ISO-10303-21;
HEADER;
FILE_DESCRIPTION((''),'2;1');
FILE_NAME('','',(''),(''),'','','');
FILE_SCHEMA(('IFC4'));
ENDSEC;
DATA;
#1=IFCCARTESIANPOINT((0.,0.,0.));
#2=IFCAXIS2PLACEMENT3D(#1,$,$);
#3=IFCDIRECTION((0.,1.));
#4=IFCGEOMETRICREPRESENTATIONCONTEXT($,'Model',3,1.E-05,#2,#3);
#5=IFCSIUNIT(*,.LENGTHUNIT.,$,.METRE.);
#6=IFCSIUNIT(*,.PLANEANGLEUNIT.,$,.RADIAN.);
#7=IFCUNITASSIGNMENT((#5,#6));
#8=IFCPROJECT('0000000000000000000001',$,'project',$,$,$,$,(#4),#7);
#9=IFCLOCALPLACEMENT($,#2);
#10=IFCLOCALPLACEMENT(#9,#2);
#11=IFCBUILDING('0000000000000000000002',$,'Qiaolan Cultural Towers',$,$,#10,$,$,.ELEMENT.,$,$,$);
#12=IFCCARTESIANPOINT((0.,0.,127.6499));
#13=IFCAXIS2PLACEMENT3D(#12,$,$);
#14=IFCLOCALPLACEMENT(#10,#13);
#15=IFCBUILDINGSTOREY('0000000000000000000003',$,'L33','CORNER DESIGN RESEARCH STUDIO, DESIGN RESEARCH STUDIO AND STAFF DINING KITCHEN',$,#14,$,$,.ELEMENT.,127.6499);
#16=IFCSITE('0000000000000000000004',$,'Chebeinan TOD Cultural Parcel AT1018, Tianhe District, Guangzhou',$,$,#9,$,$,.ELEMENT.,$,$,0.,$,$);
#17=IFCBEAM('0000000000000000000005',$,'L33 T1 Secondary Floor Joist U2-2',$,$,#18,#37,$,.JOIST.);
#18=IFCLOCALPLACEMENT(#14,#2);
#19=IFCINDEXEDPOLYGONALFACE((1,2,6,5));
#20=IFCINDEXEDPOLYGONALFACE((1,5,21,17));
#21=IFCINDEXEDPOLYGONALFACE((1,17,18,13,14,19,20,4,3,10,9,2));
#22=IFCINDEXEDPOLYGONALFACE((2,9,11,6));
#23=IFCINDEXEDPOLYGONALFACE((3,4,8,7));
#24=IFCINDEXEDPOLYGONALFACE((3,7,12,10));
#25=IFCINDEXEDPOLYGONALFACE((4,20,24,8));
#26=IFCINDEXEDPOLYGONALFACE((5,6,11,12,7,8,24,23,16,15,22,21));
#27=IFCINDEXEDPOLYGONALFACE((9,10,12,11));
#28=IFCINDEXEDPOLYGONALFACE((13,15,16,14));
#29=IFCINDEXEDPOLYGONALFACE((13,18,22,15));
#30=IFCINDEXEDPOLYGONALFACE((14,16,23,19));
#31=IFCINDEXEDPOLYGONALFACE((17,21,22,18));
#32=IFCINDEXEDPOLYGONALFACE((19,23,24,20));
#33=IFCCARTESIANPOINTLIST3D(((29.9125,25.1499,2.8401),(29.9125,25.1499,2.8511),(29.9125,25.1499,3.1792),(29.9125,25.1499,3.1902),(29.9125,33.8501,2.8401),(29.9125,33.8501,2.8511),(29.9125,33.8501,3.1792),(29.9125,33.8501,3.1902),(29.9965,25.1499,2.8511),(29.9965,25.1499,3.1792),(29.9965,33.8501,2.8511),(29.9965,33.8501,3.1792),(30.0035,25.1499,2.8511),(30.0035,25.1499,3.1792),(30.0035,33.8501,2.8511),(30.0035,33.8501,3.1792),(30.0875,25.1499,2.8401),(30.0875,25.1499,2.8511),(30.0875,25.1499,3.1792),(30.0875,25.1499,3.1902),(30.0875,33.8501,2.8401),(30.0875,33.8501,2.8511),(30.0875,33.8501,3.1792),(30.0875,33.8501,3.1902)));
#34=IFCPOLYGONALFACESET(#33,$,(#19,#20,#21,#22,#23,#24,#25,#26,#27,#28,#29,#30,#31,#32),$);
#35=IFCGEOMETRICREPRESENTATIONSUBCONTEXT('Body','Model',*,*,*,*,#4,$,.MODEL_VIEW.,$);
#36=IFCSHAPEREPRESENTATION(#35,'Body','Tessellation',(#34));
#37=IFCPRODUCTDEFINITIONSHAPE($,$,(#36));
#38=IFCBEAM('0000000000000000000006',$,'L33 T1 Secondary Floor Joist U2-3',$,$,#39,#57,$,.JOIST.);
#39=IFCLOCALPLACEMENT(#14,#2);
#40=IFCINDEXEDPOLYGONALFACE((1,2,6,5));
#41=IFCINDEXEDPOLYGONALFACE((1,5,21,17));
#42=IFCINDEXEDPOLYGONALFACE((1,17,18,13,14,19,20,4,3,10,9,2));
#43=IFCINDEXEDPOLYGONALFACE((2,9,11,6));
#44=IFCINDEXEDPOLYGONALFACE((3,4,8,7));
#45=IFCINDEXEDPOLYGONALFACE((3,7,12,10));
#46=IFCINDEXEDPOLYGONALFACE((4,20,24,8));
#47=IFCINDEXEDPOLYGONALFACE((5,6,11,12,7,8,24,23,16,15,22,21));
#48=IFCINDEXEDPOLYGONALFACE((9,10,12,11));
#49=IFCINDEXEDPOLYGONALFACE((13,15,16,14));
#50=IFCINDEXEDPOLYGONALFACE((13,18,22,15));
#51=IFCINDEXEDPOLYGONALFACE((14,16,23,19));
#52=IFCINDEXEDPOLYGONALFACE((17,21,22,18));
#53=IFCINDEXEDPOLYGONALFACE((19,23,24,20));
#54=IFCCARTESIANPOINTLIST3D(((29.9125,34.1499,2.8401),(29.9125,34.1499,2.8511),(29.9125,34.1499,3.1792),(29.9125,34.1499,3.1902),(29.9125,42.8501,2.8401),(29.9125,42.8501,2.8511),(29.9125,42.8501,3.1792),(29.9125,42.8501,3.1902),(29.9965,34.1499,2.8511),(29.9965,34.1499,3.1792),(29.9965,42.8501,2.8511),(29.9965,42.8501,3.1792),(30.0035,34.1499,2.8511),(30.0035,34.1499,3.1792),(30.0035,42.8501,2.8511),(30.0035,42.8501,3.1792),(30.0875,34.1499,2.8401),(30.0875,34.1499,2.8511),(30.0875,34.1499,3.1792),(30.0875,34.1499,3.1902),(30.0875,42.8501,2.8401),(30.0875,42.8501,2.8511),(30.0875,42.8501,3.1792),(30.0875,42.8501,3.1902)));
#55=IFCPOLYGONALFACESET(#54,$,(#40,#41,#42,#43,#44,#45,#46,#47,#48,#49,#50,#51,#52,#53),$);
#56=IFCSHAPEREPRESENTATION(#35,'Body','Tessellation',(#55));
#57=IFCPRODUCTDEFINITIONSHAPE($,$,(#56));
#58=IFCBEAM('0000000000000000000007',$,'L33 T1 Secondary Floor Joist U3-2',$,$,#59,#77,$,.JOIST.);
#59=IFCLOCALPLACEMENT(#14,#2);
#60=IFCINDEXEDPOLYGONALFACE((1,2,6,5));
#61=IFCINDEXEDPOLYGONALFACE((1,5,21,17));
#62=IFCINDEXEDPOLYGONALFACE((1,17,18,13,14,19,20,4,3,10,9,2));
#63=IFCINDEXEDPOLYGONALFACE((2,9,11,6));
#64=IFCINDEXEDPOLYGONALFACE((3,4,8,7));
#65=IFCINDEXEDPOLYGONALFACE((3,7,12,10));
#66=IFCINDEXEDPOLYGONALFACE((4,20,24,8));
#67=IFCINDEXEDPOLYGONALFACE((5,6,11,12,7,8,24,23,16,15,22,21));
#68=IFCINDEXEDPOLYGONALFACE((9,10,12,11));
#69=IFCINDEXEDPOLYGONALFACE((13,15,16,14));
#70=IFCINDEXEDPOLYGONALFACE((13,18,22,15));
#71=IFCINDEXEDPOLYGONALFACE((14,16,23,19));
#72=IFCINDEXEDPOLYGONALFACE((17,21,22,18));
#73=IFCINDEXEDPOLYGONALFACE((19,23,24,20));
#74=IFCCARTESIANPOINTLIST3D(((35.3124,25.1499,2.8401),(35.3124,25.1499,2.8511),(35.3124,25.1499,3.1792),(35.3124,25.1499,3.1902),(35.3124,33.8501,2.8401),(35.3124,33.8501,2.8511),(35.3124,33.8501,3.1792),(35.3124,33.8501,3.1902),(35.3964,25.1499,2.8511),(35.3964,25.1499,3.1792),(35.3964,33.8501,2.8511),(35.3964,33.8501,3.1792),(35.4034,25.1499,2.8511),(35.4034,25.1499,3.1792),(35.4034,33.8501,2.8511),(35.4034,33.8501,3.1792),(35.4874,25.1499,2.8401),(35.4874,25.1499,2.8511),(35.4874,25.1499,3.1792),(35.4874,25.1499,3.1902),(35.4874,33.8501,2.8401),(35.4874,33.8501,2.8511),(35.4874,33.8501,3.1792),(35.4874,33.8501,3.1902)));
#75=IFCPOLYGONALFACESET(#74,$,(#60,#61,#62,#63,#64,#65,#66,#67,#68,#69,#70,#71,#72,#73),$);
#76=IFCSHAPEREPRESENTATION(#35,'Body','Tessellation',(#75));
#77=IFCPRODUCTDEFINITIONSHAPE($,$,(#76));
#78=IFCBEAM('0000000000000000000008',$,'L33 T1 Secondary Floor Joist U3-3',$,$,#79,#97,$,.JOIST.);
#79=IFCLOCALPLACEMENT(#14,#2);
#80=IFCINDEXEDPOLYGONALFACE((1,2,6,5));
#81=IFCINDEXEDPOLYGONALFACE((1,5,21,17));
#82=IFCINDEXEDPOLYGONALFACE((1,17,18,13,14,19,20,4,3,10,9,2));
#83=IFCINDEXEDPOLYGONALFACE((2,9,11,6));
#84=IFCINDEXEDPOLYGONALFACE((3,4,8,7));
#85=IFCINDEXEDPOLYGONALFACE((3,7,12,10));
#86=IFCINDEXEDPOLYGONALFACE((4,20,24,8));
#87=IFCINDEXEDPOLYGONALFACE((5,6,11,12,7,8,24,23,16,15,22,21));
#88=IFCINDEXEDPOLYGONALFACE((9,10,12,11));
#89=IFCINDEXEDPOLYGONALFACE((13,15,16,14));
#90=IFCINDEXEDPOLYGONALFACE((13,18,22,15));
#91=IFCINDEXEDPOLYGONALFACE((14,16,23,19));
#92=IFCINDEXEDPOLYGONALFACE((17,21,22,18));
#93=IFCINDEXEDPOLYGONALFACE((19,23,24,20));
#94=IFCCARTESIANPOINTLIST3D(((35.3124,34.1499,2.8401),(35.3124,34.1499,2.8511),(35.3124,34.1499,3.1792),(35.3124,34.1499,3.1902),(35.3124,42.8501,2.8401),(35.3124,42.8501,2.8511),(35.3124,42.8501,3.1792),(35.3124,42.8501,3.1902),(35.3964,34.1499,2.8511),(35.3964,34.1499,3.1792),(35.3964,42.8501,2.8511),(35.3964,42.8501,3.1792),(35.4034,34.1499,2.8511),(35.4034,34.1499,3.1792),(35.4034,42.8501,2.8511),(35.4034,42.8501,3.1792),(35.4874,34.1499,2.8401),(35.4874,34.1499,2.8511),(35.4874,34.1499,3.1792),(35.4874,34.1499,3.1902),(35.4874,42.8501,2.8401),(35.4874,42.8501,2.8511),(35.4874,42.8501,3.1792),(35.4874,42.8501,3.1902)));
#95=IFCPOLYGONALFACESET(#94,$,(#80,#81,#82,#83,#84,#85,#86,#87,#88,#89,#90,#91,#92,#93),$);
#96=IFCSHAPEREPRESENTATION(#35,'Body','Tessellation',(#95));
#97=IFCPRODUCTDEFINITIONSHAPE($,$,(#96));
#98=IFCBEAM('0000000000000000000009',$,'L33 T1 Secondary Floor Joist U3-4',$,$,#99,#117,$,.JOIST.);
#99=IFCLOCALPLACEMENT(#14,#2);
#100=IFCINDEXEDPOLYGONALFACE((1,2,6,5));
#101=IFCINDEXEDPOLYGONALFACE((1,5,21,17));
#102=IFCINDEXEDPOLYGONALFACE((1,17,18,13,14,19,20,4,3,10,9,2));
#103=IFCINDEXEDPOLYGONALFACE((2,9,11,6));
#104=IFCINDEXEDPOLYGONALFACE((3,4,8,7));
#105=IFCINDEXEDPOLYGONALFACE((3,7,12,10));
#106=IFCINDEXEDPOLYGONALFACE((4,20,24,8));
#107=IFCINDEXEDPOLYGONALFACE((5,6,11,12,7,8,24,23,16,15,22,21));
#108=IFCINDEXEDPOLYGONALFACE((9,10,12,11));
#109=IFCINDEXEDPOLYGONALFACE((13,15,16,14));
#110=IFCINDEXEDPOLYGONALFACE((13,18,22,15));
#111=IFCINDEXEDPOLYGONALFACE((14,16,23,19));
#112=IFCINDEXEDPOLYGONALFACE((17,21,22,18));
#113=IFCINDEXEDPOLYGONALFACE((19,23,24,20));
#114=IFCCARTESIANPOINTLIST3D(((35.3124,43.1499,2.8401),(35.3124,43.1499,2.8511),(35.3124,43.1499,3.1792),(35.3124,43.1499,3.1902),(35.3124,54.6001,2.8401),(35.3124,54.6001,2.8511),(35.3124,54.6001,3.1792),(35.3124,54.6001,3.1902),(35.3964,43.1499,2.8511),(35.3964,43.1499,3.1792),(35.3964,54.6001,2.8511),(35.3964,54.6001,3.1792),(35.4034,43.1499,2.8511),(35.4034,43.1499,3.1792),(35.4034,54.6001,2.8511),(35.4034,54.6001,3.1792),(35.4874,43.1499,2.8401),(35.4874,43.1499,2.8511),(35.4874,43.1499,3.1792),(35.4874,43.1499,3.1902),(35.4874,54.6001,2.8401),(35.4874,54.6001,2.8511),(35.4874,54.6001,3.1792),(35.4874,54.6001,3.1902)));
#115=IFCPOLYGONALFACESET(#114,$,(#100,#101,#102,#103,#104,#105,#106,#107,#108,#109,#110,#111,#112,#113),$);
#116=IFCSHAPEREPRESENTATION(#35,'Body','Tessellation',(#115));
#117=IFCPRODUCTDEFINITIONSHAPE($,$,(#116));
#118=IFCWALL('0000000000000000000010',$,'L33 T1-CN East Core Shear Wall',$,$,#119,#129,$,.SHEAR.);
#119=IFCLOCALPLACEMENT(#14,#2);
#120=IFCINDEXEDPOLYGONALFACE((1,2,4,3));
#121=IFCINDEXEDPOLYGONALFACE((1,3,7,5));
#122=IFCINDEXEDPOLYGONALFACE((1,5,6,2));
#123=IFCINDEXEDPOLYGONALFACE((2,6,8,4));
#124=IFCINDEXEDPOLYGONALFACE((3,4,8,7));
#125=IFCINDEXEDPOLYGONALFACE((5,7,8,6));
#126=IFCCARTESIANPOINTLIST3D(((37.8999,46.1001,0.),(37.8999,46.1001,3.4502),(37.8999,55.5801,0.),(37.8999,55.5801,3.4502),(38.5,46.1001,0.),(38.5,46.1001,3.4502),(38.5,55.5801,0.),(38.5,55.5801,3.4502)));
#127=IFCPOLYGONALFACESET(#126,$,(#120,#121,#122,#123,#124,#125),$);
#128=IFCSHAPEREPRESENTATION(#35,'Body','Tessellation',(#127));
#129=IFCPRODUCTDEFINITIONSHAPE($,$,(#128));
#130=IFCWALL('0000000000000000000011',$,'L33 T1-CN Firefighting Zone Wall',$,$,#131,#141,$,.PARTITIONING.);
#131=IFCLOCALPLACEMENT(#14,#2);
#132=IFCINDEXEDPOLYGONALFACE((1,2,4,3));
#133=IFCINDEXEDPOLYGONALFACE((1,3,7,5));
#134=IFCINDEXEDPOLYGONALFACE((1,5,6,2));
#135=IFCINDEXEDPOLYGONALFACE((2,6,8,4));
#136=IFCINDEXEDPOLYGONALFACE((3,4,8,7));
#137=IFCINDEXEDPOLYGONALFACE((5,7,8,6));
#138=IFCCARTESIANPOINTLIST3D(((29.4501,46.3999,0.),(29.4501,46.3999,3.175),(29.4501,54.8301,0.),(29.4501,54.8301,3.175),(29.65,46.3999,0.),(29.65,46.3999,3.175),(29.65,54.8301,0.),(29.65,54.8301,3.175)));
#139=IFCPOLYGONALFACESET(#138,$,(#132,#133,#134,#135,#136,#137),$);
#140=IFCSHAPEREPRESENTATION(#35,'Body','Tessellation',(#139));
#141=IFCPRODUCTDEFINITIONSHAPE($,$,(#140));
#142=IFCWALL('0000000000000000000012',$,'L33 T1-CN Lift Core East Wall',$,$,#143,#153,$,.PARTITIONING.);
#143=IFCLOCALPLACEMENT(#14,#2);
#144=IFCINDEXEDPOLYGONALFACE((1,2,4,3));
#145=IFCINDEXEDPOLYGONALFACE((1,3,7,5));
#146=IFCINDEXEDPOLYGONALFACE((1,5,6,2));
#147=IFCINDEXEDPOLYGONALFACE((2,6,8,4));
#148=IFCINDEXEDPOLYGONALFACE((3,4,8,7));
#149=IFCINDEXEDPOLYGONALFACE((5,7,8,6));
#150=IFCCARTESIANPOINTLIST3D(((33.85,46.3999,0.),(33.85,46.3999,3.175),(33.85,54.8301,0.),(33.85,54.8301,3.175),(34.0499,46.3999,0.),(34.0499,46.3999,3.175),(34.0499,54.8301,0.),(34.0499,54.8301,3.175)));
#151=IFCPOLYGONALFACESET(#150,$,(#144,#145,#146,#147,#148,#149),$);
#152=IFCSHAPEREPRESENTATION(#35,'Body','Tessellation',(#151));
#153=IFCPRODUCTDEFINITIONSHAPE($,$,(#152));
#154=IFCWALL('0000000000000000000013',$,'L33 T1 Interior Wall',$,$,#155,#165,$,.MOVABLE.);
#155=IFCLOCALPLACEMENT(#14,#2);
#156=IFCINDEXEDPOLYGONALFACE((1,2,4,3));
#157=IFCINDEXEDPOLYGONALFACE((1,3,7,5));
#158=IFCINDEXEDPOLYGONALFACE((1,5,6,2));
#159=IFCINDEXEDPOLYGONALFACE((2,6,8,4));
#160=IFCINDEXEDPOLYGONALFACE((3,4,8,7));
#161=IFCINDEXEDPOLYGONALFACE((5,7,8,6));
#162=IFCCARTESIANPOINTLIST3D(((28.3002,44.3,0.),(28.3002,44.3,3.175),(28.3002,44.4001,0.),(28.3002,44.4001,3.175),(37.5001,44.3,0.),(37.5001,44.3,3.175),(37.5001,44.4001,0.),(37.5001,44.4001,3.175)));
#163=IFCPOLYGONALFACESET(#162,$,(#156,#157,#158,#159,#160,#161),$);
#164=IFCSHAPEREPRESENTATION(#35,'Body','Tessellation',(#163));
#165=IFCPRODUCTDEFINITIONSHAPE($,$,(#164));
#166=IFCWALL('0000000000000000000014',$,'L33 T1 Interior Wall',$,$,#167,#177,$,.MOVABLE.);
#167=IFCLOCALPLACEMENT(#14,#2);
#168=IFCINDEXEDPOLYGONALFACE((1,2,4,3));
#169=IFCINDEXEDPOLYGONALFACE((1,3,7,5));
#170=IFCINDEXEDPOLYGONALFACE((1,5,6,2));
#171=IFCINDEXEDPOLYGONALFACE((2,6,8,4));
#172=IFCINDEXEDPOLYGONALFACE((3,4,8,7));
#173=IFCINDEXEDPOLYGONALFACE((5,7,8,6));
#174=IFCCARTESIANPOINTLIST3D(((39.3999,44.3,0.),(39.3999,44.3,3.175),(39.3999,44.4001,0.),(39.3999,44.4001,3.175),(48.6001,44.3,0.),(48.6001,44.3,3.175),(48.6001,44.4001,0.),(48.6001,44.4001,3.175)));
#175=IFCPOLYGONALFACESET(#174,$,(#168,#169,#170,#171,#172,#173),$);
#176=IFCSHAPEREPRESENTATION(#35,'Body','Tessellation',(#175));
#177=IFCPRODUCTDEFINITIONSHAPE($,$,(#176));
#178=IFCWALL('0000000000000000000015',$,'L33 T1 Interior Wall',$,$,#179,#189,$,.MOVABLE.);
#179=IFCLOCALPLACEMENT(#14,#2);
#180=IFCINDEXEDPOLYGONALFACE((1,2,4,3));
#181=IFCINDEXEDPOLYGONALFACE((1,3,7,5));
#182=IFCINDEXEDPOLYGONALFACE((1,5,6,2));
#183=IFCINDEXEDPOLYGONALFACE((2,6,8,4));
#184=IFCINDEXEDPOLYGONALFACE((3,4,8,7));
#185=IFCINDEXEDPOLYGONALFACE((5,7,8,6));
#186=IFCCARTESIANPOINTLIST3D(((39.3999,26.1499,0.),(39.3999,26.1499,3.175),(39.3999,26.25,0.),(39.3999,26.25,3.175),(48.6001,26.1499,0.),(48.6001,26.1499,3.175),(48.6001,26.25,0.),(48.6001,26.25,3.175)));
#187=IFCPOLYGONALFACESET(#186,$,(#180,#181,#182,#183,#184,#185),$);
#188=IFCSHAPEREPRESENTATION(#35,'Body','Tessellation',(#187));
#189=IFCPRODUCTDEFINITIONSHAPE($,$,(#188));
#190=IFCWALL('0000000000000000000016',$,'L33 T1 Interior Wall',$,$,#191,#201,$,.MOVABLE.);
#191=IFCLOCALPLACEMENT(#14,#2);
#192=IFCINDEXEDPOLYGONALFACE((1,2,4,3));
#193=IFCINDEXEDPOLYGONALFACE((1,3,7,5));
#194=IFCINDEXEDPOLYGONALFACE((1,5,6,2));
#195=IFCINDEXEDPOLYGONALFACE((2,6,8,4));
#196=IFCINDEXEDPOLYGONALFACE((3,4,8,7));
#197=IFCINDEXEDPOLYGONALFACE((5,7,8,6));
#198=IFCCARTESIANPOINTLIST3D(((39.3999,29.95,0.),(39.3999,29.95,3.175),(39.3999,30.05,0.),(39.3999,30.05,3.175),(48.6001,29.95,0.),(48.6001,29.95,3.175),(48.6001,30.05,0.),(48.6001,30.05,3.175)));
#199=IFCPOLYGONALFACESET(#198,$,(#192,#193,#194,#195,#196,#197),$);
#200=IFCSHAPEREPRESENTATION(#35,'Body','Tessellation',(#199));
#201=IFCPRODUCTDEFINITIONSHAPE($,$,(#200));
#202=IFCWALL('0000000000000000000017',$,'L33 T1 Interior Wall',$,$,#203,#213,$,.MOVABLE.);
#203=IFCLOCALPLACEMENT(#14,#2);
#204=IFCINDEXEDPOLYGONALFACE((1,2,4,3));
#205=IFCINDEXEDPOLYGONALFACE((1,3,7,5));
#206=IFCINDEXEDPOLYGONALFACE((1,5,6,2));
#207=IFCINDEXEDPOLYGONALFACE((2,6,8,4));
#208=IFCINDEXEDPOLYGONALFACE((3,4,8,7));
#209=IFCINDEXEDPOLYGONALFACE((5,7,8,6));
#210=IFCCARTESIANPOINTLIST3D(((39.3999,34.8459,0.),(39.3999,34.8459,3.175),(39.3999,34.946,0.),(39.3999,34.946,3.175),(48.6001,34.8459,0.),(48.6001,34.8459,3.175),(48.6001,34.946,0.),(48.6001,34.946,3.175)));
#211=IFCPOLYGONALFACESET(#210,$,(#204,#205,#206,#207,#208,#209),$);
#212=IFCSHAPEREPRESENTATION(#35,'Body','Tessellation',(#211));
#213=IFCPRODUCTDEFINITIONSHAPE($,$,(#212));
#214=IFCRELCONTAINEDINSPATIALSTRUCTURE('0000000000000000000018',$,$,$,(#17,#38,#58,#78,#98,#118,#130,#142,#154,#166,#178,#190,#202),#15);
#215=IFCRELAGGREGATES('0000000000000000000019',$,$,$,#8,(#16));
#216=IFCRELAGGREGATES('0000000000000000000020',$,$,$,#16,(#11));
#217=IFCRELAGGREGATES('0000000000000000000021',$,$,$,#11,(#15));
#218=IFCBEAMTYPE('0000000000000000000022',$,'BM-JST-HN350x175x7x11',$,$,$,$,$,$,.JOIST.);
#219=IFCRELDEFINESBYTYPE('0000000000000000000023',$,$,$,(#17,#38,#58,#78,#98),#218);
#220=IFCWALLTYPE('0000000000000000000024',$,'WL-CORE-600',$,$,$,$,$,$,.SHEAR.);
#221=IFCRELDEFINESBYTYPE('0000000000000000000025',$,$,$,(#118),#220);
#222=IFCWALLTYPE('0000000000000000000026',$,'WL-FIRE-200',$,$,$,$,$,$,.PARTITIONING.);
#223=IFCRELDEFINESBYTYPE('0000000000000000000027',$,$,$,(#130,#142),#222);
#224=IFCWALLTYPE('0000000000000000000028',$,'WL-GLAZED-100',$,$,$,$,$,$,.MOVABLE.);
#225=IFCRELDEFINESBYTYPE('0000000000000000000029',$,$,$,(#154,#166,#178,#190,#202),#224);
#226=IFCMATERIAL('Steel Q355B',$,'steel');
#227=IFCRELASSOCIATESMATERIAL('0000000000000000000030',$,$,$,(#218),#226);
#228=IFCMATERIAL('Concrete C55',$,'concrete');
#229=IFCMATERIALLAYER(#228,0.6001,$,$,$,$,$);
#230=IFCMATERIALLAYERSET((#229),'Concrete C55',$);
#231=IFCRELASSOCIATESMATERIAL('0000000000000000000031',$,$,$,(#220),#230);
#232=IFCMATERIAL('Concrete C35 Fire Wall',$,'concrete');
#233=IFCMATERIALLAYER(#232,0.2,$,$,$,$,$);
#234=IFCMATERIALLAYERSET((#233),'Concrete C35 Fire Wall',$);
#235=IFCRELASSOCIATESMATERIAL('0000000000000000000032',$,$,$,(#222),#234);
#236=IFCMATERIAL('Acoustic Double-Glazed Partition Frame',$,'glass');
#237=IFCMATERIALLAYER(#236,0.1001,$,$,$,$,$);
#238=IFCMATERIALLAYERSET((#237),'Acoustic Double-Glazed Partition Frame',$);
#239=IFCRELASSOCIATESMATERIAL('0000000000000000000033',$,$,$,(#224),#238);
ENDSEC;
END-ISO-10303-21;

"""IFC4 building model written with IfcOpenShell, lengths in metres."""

from ifc_helpers import new_model, si_unit, direction, frame, frame_2d, origin, origin_2d, place, context, subcontext, project, spatial, rectangle, i_section, extrude, material, layer, layer_set, material_profile, profile_set, type_object, element, save


model = new_model("IFC4")

# Units and contexts
model_context = context("Model", 3, precision=1e-05, world=origin(), true_north=direction((0.0, 1.0)))
body_context = subcontext(model_context, "Body", "Model", "MODEL_VIEW")
ifc_project = project(units=[si_unit("LENGTHUNIT", "METRE"), si_unit("PLANEANGLEUNIT", "RADIAN")], contexts=[model_context])

# Site, building, storey
site_placement = place(None, origin())
site = spatial("IfcSite", under=ifc_project, at=site_placement, Name="Chebeinan TOD Cultural Parcel AT1018, Tianhe District, Guangzhou", CompositionType="ELEMENT", RefElevation=0.0)
building_placement = place(site_placement, origin())
building = spatial("IfcBuilding", under=site, at=building_placement, Name="Qiaolan Cultural Towers", CompositionType="ELEMENT")
storey_placement = place(building_placement, frame((0.0, 0.0, 127.6499)))
storey = spatial("IfcBuildingStorey", under=building, at=storey_placement, Name="L33", Description="CORNER DESIGN RESEARCH STUDIO, DESIGN RESEARCH STUDIO AND STAFF DINING KITCHEN", CompositionType="ELEMENT", Elevation=127.6499)

# Beams
ifc_material_1 = material(Name="Steel Q355B", Category="steel")
ifc_material_profile = material_profile(ifc_material_1, i_section(OverallWidth=0.175, OverallDepth=0.3501, WebThickness=0.0071, FlangeThickness=0.011, at=origin_2d()), Name="HN350x175x7x11")
ifc_profile_set = profile_set([ifc_material_profile], Name="Steel Q355B")
beam_type = type_object("IfcBeamType", Name="BM-JST-HN350x175x7x11", PredefinedType="JOIST", material=ifc_profile_set)
for number, where, z_axis, x_axis, name in (
    (1, (30.0, 25.1499, 3.0151), (0.0, 1.0, 0.0), (-1.0, 0.0, 0.0), "L33 T1 Secondary Floor Joist U2-2"),
    (2, (30.0, 34.1499, 3.0151), (0.0, 1.0, 0.0), (-1.0, 0.0, 0.0), "L33 T1 Secondary Floor Joist U2-3"),
    (3, (35.3999, 25.1499, 3.0151), (0.0, 1.0, 0.0), (-1.0, 0.0, 0.0), "L33 T1 Secondary Floor Joist U3-2"),
    (4, (35.3999, 34.1499, 3.0151), (0.0, 1.0, 0.0), (-1.0, 0.0, 0.0), "L33 T1 Secondary Floor Joist U3-3"),
):
    element("IfcBeam", number, at=place(storey_placement, frame(where, z_axis=z_axis, x_axis=x_axis)), inside=storey, type_object=beam_type, Name=name, PredefinedType="JOIST", context=body_context, shape_type="SweptSolid", body=[
        extrude(i_section(OverallWidth=0.175, OverallDepth=0.3501, WebThickness=0.0071, FlangeThickness=0.011, at=origin_2d()), origin(), (0.0, 0.0, 1.0), 8.7002),
    ])
beam_placement = place(storey_placement, frame((35.3999, 43.1499, 3.0151), z_axis=(0.0, 1.0, 0.0), x_axis=(-1.0, 0.0, 0.0)))
element("IfcBeam", 5, at=beam_placement, inside=storey, type_object=beam_type, Name="L33 T1 Secondary Floor Joist U3-4", PredefinedType="JOIST", context=body_context, shape_type="SweptSolid", body=[
    extrude(i_section(OverallWidth=0.175, OverallDepth=0.3501, WebThickness=0.0071, FlangeThickness=0.011, at=origin_2d()), origin(), (0.0, 0.0, 1.0), 11.4502),
])

# Walls
ifc_material_2 = material(Name="Concrete C55", Category="concrete")
ifc_layer_1 = layer(ifc_material_2, 0.6001)
ifc_layer_set_1 = layer_set([ifc_layer_1], Name="Concrete C55")
wall_type_1 = type_object("IfcWallType", Name="WL-CORE-600", PredefinedType="SHEAR", material=ifc_layer_set_1)
wall_1_placement = place(storey_placement, frame((38.2, 46.1001, 0.0), z_axis=(0.0, 0.0, 1.0), x_axis=(0.0, 1.0, 0.0)))
element("IfcWall", 6, at=wall_1_placement, inside=storey, type_object=wall_type_1, Name="L33 T1-CN East Core Shear Wall", PredefinedType="SHEAR", context=body_context, shape_type="SweptSolid", body=[
    extrude(rectangle(XDim=9.48, YDim=0.6001, at=frame_2d((4.74, 0.0))), origin(), (0.0, 0.0, 1.0), 3.4502),
])
ifc_material_3 = material(Name="Concrete C35 Fire Wall", Category="concrete")
ifc_layer_2 = layer(ifc_material_3, 0.2)
ifc_layer_set_2 = layer_set([ifc_layer_2], Name="Concrete C35 Fire Wall")
wall_type_2 = type_object("IfcWallType", Name="WL-FIRE-200", PredefinedType="PARTITIONING", material=ifc_layer_set_2)
for number, where, z_axis, x_axis, name in (
    (7, (29.55, 46.3999, 0.0), (0.0, 0.0, 1.0), (0.0, 1.0, 0.0), "L33 T1-CN Firefighting Zone Wall"),
    (8, (33.95, 46.3999, 0.0), (0.0, 0.0, 1.0), (0.0, 1.0, 0.0), "L33 T1-CN Lift Core East Wall"),
):
    element("IfcWall", number, at=place(storey_placement, frame(where, z_axis=z_axis, x_axis=x_axis)), inside=storey, type_object=wall_type_2, Name=name, PredefinedType="PARTITIONING", context=body_context, shape_type="SweptSolid", body=[
        extrude(rectangle(XDim=8.4302, YDim=0.2, at=frame_2d((4.2151, 0.0))), origin(), (0.0, 0.0, 1.0), 3.175),
    ])
ifc_material_4 = material(Name="Acoustic Double-Glazed Partition Frame", Category="glass")
ifc_layer_3 = layer(ifc_material_4, 0.1001)
ifc_layer_set_3 = layer_set([ifc_layer_3], Name="Acoustic Double-Glazed Partition Frame")
wall_type_3 = type_object("IfcWallType", Name="WL-GLAZED-100", PredefinedType="MOVABLE", material=ifc_layer_set_3)
wall_2_placement = place(storey_placement, frame((28.3, 44.3501, 0.0), z_axis=(0.0, 0.0, 1.0), x_axis=(1.0, 0.0, 0.0)))
element("IfcWall", 9, at=wall_2_placement, inside=storey, type_object=wall_type_3, Name="L33 T1 Interior Wall", PredefinedType="MOVABLE", context=body_context, shape_type="SweptSolid", body=[
    extrude(rectangle(XDim=9.2, YDim=0.1001, at=frame_2d((4.6001, 0.0))), origin(), (0.0, 0.0, 1.0), 3.175),
])
for number, where, z_axis, x_axis, name in (
    (10, (39.3999, 44.3501, 0.0), (0.0, 0.0, 1.0), (1.0, 0.0, 0.0), "L33 T1 Interior Wall"),
    (11, (39.3999, 26.2, 0.0), (0.0, 0.0, 1.0), (1.0, 0.0, 0.0), "L33 T1 Interior Wall"),
    (12, (39.3999, 30.0, 0.0), (0.0, 0.0, 1.0), (1.0, 0.0, 0.0), "L33 T1 Interior Wall"),
    (13, (39.3999, 34.896, 0.0), (0.0, 0.0, 1.0), (1.0, 0.0, 0.0), "L33 T1 Interior Wall"),
):
    element("IfcWall", number, at=place(storey_placement, frame(where, z_axis=z_axis, x_axis=x_axis)), inside=storey, type_object=wall_type_3, Name=name, PredefinedType="MOVABLE", context=body_context, shape_type="SweptSolid", body=[
        extrude(rectangle(XDim=9.2002, YDim=0.1001, at=frame_2d((4.6001, 0.0))), origin(), (0.0, 0.0, 1.0), 3.175),
    ])

save(model, "model.ifc")
